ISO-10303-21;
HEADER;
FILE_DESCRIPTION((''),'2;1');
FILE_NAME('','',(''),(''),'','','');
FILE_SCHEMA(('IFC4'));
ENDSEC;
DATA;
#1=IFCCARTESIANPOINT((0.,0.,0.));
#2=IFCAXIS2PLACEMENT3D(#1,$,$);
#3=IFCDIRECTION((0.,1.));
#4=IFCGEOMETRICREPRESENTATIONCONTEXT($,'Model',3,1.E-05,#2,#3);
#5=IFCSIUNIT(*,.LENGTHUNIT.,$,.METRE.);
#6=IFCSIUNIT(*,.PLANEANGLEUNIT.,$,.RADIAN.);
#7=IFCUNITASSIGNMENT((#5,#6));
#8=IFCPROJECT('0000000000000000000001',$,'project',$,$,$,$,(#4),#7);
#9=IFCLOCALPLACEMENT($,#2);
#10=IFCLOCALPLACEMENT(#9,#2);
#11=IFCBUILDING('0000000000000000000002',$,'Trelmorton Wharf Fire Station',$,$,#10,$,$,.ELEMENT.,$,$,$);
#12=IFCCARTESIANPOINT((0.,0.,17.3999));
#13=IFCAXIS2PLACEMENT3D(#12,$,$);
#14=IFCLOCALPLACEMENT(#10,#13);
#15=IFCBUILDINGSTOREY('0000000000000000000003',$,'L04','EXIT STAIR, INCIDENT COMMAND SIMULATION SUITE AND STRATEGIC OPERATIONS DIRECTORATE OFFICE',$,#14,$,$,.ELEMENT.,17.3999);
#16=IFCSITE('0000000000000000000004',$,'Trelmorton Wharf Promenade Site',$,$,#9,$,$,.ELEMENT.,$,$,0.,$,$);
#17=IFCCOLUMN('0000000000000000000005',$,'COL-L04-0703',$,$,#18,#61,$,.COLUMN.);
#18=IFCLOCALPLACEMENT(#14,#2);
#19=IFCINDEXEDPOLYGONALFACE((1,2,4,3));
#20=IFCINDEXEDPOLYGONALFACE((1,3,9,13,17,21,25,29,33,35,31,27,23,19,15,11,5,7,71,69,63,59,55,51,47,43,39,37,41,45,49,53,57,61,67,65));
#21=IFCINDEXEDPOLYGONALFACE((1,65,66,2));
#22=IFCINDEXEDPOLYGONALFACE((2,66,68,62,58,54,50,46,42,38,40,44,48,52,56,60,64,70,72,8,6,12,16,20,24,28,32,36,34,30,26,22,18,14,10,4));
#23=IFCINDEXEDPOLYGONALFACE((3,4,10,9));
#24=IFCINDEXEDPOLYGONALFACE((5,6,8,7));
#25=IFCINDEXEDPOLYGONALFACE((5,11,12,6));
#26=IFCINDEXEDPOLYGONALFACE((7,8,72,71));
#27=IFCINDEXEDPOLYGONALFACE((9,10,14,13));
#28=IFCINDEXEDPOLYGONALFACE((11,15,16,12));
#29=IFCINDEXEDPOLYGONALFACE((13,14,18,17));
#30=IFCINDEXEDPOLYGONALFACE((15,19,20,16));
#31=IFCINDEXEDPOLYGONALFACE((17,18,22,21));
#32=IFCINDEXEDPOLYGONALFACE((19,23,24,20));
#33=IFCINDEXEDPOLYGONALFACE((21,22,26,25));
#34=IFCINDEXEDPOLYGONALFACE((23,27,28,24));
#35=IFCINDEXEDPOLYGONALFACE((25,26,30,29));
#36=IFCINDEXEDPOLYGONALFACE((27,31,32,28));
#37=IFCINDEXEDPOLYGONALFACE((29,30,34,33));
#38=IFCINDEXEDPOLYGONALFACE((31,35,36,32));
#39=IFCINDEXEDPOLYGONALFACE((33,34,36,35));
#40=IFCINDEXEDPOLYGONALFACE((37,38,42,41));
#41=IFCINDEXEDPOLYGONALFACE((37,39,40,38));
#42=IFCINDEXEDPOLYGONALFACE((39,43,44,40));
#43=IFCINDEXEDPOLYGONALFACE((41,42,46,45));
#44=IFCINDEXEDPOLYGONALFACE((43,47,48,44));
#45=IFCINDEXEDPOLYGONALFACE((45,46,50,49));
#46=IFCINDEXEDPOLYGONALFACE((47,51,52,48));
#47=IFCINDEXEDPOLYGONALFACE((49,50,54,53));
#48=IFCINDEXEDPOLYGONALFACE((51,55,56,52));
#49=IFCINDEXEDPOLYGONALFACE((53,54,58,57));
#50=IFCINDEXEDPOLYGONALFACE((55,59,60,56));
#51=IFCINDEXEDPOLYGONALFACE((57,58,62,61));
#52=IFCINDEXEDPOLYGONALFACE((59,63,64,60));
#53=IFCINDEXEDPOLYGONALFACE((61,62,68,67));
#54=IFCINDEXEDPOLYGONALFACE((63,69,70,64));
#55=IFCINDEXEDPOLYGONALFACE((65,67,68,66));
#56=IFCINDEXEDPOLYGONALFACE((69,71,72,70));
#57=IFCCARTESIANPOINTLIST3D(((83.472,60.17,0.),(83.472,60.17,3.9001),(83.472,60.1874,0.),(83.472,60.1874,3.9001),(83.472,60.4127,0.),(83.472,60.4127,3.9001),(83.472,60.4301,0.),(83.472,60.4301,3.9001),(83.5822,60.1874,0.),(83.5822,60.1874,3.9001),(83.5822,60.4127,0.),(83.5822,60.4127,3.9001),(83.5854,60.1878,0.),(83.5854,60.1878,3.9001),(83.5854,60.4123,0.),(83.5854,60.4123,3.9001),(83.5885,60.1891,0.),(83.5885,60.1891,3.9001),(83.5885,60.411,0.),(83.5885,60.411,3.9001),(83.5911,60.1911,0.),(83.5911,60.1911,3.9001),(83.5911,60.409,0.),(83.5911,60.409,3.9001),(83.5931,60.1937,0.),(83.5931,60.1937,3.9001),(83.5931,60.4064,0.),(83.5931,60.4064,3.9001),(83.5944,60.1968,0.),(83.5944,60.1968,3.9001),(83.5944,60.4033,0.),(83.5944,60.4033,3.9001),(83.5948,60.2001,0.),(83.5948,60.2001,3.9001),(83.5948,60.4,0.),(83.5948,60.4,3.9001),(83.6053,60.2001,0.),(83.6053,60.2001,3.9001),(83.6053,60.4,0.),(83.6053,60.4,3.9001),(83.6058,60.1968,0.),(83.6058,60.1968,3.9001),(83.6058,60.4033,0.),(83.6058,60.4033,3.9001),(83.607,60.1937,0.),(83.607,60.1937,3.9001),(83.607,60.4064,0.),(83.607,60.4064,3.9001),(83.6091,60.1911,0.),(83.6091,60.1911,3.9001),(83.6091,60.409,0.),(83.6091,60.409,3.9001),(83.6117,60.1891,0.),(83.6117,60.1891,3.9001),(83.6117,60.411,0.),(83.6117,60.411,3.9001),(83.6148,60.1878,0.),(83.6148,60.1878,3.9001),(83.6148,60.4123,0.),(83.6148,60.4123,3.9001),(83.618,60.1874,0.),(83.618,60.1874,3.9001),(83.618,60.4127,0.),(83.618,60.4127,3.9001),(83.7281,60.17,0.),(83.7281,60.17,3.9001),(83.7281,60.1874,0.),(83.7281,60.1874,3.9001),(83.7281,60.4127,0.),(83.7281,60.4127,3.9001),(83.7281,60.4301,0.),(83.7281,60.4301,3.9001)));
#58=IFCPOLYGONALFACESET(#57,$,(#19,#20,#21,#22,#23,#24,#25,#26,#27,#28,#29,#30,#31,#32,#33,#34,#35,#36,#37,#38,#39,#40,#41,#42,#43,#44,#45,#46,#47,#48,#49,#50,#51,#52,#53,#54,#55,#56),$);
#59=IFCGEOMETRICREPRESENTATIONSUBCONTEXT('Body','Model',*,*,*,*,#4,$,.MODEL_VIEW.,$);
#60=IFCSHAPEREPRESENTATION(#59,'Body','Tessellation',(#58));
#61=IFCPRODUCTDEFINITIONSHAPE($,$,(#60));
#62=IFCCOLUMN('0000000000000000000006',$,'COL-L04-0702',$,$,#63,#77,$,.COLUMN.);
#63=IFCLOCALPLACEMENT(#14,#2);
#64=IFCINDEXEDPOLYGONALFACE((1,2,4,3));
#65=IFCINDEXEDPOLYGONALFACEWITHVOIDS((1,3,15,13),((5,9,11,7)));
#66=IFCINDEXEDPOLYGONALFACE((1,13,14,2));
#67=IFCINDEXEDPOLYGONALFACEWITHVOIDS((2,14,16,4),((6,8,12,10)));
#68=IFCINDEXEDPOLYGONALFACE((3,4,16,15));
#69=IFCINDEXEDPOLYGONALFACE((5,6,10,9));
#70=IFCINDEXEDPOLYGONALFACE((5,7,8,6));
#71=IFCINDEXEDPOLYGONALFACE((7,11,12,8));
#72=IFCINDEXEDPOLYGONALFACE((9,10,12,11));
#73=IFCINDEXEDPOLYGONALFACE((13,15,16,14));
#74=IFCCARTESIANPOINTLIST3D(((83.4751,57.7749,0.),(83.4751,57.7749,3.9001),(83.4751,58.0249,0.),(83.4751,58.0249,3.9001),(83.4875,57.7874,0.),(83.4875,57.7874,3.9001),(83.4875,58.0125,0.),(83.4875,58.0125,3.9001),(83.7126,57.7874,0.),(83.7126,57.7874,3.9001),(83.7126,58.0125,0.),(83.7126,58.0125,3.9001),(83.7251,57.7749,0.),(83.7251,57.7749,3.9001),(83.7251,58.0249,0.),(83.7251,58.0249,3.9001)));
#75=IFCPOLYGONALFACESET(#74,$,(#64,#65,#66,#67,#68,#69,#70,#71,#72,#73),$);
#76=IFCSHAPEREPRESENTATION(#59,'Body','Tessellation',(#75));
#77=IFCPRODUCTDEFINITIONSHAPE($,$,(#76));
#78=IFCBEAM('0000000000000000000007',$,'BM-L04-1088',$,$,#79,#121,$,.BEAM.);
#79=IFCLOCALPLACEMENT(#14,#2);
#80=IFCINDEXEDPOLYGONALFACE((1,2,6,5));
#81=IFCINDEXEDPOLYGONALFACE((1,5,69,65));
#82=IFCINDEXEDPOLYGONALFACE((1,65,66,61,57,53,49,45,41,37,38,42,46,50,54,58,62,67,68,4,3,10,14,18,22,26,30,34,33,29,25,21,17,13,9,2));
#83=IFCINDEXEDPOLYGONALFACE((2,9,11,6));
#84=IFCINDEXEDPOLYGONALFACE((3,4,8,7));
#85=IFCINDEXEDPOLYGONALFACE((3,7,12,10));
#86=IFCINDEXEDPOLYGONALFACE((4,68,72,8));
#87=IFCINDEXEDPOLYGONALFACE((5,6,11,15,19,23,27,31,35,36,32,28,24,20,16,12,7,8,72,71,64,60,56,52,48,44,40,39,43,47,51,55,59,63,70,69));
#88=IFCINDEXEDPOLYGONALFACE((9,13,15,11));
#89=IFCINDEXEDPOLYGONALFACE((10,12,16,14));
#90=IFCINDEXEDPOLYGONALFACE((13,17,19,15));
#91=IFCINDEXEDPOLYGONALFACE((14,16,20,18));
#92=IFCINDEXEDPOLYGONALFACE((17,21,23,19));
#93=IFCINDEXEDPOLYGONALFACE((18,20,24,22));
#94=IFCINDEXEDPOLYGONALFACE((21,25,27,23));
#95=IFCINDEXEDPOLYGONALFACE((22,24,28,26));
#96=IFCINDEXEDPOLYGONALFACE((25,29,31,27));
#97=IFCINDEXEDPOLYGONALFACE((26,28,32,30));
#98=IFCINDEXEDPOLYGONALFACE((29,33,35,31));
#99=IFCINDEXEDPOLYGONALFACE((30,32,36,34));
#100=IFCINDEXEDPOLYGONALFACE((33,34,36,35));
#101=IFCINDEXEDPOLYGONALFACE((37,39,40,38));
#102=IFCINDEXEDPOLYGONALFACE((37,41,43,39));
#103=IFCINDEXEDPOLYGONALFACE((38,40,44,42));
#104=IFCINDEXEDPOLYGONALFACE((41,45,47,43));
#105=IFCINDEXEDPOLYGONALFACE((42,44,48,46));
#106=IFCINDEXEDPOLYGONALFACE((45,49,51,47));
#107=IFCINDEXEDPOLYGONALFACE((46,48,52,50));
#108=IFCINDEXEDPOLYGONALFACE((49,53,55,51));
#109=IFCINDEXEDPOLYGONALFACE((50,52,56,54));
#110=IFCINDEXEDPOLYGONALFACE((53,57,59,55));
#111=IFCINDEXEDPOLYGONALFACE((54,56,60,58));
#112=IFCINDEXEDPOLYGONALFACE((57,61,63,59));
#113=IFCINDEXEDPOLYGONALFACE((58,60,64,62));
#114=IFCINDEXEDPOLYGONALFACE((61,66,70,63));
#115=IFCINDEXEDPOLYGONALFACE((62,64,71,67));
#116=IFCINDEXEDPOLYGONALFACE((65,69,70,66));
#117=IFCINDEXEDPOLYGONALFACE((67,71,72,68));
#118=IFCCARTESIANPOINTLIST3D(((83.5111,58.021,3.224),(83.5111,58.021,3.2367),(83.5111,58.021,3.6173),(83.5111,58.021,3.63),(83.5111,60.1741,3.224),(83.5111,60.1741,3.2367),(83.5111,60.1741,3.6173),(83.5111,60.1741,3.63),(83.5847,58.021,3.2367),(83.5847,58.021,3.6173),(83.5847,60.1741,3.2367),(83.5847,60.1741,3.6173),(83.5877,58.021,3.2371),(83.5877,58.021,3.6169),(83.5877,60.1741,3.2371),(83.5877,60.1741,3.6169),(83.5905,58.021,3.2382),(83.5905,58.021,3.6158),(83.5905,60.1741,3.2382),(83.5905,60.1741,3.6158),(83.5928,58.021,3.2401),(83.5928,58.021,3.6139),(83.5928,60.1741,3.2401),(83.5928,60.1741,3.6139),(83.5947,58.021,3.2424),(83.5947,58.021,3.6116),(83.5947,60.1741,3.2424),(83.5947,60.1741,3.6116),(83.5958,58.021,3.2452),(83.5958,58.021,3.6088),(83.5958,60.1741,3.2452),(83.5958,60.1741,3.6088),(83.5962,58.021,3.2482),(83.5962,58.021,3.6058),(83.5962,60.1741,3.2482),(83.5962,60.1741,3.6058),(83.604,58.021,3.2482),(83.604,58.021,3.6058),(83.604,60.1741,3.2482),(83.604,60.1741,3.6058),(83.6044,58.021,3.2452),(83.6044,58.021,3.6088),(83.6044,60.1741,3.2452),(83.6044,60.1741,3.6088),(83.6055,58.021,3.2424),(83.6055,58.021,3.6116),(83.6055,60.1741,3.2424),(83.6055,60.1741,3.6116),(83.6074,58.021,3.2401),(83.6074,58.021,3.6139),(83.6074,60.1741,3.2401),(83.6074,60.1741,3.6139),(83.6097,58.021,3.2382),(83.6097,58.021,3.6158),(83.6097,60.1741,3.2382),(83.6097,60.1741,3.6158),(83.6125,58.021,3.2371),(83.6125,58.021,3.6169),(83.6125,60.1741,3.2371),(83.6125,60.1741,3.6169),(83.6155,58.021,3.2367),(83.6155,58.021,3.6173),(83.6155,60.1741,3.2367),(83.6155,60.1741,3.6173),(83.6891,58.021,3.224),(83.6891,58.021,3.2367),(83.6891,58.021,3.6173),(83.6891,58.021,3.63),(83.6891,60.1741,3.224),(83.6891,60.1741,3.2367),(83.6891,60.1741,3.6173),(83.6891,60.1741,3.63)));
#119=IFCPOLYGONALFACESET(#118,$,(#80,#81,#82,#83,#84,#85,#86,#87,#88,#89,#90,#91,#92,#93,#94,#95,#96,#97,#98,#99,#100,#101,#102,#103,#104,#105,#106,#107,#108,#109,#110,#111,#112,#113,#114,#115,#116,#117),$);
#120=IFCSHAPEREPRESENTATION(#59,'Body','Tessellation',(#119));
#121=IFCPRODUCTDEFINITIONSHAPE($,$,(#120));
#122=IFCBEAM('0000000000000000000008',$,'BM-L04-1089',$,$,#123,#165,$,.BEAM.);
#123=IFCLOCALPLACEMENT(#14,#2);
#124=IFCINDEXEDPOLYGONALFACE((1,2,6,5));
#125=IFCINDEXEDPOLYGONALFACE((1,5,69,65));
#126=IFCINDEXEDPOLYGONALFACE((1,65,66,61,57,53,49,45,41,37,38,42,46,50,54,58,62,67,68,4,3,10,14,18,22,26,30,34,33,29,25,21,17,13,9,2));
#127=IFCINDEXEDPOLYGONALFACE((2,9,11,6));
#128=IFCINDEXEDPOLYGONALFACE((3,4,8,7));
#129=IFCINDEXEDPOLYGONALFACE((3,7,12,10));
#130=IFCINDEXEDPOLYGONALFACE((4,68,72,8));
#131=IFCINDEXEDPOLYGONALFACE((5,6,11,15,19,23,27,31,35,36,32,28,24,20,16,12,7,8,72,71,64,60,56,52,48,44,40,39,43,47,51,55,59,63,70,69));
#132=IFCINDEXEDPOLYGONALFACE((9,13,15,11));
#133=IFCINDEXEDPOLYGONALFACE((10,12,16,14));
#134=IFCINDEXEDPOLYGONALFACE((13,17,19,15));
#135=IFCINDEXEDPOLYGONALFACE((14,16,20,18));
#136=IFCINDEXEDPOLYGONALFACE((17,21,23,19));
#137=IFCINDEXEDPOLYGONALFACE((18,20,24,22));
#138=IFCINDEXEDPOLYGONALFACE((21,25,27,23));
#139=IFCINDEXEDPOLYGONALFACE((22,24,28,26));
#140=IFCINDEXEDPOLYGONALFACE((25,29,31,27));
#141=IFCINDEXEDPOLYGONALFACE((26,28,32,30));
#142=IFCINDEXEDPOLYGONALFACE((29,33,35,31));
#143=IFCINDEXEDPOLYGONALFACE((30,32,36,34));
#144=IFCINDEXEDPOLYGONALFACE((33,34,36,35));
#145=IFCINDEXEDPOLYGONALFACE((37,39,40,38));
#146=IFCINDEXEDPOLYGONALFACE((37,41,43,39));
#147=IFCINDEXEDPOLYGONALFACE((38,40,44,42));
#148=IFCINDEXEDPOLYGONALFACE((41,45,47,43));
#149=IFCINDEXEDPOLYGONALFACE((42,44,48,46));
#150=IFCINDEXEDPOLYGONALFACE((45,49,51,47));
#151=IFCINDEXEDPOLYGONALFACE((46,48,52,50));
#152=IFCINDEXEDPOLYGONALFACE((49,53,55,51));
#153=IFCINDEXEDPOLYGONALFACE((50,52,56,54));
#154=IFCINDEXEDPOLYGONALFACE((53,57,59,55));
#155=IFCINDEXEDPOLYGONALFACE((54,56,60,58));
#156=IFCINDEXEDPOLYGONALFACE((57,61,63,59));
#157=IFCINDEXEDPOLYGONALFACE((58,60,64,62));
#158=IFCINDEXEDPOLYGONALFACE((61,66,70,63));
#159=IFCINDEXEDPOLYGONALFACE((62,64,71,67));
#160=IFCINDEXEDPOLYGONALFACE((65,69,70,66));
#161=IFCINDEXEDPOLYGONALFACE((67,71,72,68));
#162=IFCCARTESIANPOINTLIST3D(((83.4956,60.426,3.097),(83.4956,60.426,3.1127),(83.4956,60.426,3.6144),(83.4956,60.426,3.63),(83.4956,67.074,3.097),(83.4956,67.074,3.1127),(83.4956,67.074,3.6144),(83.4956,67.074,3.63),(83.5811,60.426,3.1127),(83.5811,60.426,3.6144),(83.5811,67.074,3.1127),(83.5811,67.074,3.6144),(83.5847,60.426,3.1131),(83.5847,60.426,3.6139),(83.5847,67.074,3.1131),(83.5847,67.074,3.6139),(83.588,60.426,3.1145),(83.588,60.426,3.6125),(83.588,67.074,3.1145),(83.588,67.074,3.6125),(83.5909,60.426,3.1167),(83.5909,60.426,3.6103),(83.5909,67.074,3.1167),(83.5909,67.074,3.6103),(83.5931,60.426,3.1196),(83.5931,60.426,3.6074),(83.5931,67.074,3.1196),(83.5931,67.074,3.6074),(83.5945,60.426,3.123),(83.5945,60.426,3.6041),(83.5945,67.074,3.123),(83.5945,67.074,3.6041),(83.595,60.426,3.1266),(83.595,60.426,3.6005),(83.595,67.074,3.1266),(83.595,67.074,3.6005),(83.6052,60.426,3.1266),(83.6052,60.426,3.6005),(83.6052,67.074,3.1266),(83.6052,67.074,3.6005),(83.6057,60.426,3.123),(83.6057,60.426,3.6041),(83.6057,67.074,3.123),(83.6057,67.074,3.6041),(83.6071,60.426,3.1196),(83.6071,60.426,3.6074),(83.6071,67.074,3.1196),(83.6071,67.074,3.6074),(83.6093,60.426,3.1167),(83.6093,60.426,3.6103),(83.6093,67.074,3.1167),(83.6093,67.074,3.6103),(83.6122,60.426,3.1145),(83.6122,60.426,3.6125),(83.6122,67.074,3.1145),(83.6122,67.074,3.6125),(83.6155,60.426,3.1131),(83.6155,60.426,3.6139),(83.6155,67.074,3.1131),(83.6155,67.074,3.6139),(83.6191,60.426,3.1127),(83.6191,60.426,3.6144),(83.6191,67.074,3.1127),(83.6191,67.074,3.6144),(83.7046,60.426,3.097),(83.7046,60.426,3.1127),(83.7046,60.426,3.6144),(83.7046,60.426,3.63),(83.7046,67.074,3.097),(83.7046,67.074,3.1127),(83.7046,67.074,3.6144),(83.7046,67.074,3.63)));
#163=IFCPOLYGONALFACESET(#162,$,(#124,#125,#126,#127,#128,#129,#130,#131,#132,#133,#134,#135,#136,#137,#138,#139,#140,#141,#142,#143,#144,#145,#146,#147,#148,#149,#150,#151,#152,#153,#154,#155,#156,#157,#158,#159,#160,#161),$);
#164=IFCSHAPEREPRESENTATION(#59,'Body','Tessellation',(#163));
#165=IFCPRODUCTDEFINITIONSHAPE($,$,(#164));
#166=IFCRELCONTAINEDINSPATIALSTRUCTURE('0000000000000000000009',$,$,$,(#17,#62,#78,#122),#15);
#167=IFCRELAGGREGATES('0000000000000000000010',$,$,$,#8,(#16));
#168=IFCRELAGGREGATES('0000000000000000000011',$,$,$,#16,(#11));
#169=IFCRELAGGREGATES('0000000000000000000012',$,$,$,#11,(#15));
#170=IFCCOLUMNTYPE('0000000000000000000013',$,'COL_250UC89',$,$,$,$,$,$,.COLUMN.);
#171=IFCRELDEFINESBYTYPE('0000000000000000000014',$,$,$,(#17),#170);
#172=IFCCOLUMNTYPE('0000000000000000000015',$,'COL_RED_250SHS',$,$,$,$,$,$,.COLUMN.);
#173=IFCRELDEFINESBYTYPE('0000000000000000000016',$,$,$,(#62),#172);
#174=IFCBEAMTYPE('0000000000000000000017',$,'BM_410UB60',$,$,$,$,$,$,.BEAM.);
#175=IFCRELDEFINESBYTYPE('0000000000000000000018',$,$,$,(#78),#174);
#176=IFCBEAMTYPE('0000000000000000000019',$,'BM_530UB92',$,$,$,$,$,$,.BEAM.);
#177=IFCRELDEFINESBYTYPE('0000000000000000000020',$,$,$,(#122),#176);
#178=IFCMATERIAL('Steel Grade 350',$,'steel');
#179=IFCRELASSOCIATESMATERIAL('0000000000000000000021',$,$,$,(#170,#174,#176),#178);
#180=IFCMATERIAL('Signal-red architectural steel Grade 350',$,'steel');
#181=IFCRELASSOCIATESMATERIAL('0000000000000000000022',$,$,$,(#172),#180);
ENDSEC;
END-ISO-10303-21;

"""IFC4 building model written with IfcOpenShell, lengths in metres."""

from ifc_helpers import new_model, si_unit, direction, frame, origin, origin_2d, place, context, subcontext, project, spatial, hollow_rectangle, i_section, extrude, material, material_profile, profile_set, type_object, element, save


model = new_model("IFC4")

# Units and contexts
model_context = context("Model", 3, precision=1e-05, world=origin(), true_north=direction((0.0, 1.0)))
body_context = subcontext(model_context, "Body", "Model", "MODEL_VIEW")
ifc_project = project(units=[si_unit("LENGTHUNIT", "METRE"), si_unit("PLANEANGLEUNIT", "RADIAN")], contexts=[model_context])

# Site, building, storey
site_placement = place(None, origin())
site = spatial("IfcSite", under=ifc_project, at=site_placement, Name="Trelmorton Wharf Promenade Site", CompositionType="ELEMENT", RefElevation=0.0)
building_placement = place(site_placement, origin())
building = spatial("IfcBuilding", under=site, at=building_placement, Name="Trelmorton Wharf Fire Station", CompositionType="ELEMENT")
storey_placement = place(building_placement, frame((0.0, 0.0, 17.3999)))
storey = spatial("IfcBuildingStorey", under=building, at=storey_placement, Name="L04", Description="EXIT STAIR, INCIDENT COMMAND SIMULATION SUITE AND STRATEGIC OPERATIONS DIRECTORATE OFFICE", CompositionType="ELEMENT", Elevation=17.3999)

# Columns
ifc_material_1 = material(Name="Steel Grade 350", Category="steel")
ifc_material_profile_1 = material_profile(ifc_material_1, i_section(OverallWidth=0.2561, OverallDepth=0.26, WebThickness=0.0105, FlangeThickness=0.0173, FilletRadius=0.0127, at=origin_2d()), Name="250UC89.5")
ifc_profile_set_1 = profile_set([ifc_material_profile_1], Name="Steel Grade 350")
column_type_1 = type_object("IfcColumnType", Name="COL_250UC89", PredefinedType="COLUMN", material=ifc_profile_set_1)
column_1_placement = place(storey_placement, frame((83.6001, 60.3, 0.0), z_axis=(0.0, 0.0, 1.0), x_axis=(1.0, 0.0, 0.0)))
element("IfcColumn", 1, at=column_1_placement, inside=storey, type_object=column_type_1, Name="COL-L04-0703", PredefinedType="COLUMN", context=body_context, shape_type="SweptSolid", body=[
    extrude(i_section(OverallWidth=0.2561, OverallDepth=0.26, WebThickness=0.0105, FlangeThickness=0.0173, FilletRadius=0.0127, at=origin_2d()), origin(), (0.0, 0.0, 1.0), 3.9001),
])
ifc_material_2 = material(Name="Signal-red architectural steel Grade 350", Category="steel")
ifc_material_profile_2 = material_profile(ifc_material_2, hollow_rectangle(XDim=0.25, YDim=0.25, WallThickness=0.0125, at=origin_2d()), Name="250x250x12.5SHS")
ifc_profile_set_2 = profile_set([ifc_material_profile_2], Name="Signal-red architectural steel Grade 350")
column_type_2 = type_object("IfcColumnType", Name="COL_RED_250SHS", PredefinedType="COLUMN", material=ifc_profile_set_2)
column_2_placement = place(storey_placement, frame((83.6001, 57.8999, 0.0), z_axis=(0.0, 0.0, 1.0), x_axis=(1.0, 0.0, 0.0)))
element("IfcColumn", 2, at=column_2_placement, inside=storey, type_object=column_type_2, Name="COL-L04-0702", PredefinedType="COLUMN", context=body_context, shape_type="SweptSolid", body=[
    extrude(hollow_rectangle(XDim=0.25, YDim=0.25, WallThickness=0.0125, at=origin_2d()), origin(), (0.0, 0.0, 1.0), 3.9001),
])

# Beams
ifc_material_profile_3 = material_profile(ifc_material_1, i_section(OverallWidth=0.178, OverallDepth=0.406, WebThickness=0.0078, FlangeThickness=0.0127, FilletRadius=0.0115, at=origin_2d()), Name="410UB59.7")
ifc_profile_set_3 = profile_set([ifc_material_profile_3], Name="Steel Grade 350")
beam_type_1 = type_object("IfcBeamType", Name="BM_410UB60", PredefinedType="BEAM", material=ifc_profile_set_3)
beam_1_placement = place(storey_placement, frame((83.6001, 58.021, 3.427), z_axis=(0.0, 1.0, 0.0), x_axis=(-1.0, 0.0, 0.0)))
element("IfcBeam", 3, at=beam_1_placement, inside=storey, type_object=beam_type_1, Name="BM-L04-1088", PredefinedType="BEAM", context=body_context, shape_type="SweptSolid", body=[
    extrude(i_section(OverallWidth=0.178, OverallDepth=0.406, WebThickness=0.0078, FlangeThickness=0.0127, FilletRadius=0.0115, at=origin_2d()), origin(), (0.0, 0.0, 1.0), 2.1531),
])
ifc_material_profile_4 = material_profile(ifc_material_1, i_section(OverallWidth=0.209, OverallDepth=0.533, WebThickness=0.0103, FlangeThickness=0.0156, FilletRadius=0.0139, at=origin_2d()), Name="530UB92.4")
ifc_profile_set_4 = profile_set([ifc_material_profile_4], Name="Steel Grade 350")
beam_type_2 = type_object("IfcBeamType", Name="BM_530UB92", PredefinedType="BEAM", material=ifc_profile_set_4)
beam_2_placement = place(storey_placement, frame((83.6001, 60.426, 3.3635), z_axis=(0.0, 1.0, 0.0), x_axis=(-1.0, 0.0, 0.0)))
element("IfcBeam", 4, at=beam_2_placement, inside=storey, type_object=beam_type_2, Name="BM-L04-1089", PredefinedType="BEAM", context=body_context, shape_type="SweptSolid", body=[
    extrude(i_section(OverallWidth=0.209, OverallDepth=0.533, WebThickness=0.0103, FlangeThickness=0.0156, FilletRadius=0.0139, at=origin_2d()), origin(), (0.0, 0.0, 1.0), 6.6479),
])

save(model, "model.ifc")
